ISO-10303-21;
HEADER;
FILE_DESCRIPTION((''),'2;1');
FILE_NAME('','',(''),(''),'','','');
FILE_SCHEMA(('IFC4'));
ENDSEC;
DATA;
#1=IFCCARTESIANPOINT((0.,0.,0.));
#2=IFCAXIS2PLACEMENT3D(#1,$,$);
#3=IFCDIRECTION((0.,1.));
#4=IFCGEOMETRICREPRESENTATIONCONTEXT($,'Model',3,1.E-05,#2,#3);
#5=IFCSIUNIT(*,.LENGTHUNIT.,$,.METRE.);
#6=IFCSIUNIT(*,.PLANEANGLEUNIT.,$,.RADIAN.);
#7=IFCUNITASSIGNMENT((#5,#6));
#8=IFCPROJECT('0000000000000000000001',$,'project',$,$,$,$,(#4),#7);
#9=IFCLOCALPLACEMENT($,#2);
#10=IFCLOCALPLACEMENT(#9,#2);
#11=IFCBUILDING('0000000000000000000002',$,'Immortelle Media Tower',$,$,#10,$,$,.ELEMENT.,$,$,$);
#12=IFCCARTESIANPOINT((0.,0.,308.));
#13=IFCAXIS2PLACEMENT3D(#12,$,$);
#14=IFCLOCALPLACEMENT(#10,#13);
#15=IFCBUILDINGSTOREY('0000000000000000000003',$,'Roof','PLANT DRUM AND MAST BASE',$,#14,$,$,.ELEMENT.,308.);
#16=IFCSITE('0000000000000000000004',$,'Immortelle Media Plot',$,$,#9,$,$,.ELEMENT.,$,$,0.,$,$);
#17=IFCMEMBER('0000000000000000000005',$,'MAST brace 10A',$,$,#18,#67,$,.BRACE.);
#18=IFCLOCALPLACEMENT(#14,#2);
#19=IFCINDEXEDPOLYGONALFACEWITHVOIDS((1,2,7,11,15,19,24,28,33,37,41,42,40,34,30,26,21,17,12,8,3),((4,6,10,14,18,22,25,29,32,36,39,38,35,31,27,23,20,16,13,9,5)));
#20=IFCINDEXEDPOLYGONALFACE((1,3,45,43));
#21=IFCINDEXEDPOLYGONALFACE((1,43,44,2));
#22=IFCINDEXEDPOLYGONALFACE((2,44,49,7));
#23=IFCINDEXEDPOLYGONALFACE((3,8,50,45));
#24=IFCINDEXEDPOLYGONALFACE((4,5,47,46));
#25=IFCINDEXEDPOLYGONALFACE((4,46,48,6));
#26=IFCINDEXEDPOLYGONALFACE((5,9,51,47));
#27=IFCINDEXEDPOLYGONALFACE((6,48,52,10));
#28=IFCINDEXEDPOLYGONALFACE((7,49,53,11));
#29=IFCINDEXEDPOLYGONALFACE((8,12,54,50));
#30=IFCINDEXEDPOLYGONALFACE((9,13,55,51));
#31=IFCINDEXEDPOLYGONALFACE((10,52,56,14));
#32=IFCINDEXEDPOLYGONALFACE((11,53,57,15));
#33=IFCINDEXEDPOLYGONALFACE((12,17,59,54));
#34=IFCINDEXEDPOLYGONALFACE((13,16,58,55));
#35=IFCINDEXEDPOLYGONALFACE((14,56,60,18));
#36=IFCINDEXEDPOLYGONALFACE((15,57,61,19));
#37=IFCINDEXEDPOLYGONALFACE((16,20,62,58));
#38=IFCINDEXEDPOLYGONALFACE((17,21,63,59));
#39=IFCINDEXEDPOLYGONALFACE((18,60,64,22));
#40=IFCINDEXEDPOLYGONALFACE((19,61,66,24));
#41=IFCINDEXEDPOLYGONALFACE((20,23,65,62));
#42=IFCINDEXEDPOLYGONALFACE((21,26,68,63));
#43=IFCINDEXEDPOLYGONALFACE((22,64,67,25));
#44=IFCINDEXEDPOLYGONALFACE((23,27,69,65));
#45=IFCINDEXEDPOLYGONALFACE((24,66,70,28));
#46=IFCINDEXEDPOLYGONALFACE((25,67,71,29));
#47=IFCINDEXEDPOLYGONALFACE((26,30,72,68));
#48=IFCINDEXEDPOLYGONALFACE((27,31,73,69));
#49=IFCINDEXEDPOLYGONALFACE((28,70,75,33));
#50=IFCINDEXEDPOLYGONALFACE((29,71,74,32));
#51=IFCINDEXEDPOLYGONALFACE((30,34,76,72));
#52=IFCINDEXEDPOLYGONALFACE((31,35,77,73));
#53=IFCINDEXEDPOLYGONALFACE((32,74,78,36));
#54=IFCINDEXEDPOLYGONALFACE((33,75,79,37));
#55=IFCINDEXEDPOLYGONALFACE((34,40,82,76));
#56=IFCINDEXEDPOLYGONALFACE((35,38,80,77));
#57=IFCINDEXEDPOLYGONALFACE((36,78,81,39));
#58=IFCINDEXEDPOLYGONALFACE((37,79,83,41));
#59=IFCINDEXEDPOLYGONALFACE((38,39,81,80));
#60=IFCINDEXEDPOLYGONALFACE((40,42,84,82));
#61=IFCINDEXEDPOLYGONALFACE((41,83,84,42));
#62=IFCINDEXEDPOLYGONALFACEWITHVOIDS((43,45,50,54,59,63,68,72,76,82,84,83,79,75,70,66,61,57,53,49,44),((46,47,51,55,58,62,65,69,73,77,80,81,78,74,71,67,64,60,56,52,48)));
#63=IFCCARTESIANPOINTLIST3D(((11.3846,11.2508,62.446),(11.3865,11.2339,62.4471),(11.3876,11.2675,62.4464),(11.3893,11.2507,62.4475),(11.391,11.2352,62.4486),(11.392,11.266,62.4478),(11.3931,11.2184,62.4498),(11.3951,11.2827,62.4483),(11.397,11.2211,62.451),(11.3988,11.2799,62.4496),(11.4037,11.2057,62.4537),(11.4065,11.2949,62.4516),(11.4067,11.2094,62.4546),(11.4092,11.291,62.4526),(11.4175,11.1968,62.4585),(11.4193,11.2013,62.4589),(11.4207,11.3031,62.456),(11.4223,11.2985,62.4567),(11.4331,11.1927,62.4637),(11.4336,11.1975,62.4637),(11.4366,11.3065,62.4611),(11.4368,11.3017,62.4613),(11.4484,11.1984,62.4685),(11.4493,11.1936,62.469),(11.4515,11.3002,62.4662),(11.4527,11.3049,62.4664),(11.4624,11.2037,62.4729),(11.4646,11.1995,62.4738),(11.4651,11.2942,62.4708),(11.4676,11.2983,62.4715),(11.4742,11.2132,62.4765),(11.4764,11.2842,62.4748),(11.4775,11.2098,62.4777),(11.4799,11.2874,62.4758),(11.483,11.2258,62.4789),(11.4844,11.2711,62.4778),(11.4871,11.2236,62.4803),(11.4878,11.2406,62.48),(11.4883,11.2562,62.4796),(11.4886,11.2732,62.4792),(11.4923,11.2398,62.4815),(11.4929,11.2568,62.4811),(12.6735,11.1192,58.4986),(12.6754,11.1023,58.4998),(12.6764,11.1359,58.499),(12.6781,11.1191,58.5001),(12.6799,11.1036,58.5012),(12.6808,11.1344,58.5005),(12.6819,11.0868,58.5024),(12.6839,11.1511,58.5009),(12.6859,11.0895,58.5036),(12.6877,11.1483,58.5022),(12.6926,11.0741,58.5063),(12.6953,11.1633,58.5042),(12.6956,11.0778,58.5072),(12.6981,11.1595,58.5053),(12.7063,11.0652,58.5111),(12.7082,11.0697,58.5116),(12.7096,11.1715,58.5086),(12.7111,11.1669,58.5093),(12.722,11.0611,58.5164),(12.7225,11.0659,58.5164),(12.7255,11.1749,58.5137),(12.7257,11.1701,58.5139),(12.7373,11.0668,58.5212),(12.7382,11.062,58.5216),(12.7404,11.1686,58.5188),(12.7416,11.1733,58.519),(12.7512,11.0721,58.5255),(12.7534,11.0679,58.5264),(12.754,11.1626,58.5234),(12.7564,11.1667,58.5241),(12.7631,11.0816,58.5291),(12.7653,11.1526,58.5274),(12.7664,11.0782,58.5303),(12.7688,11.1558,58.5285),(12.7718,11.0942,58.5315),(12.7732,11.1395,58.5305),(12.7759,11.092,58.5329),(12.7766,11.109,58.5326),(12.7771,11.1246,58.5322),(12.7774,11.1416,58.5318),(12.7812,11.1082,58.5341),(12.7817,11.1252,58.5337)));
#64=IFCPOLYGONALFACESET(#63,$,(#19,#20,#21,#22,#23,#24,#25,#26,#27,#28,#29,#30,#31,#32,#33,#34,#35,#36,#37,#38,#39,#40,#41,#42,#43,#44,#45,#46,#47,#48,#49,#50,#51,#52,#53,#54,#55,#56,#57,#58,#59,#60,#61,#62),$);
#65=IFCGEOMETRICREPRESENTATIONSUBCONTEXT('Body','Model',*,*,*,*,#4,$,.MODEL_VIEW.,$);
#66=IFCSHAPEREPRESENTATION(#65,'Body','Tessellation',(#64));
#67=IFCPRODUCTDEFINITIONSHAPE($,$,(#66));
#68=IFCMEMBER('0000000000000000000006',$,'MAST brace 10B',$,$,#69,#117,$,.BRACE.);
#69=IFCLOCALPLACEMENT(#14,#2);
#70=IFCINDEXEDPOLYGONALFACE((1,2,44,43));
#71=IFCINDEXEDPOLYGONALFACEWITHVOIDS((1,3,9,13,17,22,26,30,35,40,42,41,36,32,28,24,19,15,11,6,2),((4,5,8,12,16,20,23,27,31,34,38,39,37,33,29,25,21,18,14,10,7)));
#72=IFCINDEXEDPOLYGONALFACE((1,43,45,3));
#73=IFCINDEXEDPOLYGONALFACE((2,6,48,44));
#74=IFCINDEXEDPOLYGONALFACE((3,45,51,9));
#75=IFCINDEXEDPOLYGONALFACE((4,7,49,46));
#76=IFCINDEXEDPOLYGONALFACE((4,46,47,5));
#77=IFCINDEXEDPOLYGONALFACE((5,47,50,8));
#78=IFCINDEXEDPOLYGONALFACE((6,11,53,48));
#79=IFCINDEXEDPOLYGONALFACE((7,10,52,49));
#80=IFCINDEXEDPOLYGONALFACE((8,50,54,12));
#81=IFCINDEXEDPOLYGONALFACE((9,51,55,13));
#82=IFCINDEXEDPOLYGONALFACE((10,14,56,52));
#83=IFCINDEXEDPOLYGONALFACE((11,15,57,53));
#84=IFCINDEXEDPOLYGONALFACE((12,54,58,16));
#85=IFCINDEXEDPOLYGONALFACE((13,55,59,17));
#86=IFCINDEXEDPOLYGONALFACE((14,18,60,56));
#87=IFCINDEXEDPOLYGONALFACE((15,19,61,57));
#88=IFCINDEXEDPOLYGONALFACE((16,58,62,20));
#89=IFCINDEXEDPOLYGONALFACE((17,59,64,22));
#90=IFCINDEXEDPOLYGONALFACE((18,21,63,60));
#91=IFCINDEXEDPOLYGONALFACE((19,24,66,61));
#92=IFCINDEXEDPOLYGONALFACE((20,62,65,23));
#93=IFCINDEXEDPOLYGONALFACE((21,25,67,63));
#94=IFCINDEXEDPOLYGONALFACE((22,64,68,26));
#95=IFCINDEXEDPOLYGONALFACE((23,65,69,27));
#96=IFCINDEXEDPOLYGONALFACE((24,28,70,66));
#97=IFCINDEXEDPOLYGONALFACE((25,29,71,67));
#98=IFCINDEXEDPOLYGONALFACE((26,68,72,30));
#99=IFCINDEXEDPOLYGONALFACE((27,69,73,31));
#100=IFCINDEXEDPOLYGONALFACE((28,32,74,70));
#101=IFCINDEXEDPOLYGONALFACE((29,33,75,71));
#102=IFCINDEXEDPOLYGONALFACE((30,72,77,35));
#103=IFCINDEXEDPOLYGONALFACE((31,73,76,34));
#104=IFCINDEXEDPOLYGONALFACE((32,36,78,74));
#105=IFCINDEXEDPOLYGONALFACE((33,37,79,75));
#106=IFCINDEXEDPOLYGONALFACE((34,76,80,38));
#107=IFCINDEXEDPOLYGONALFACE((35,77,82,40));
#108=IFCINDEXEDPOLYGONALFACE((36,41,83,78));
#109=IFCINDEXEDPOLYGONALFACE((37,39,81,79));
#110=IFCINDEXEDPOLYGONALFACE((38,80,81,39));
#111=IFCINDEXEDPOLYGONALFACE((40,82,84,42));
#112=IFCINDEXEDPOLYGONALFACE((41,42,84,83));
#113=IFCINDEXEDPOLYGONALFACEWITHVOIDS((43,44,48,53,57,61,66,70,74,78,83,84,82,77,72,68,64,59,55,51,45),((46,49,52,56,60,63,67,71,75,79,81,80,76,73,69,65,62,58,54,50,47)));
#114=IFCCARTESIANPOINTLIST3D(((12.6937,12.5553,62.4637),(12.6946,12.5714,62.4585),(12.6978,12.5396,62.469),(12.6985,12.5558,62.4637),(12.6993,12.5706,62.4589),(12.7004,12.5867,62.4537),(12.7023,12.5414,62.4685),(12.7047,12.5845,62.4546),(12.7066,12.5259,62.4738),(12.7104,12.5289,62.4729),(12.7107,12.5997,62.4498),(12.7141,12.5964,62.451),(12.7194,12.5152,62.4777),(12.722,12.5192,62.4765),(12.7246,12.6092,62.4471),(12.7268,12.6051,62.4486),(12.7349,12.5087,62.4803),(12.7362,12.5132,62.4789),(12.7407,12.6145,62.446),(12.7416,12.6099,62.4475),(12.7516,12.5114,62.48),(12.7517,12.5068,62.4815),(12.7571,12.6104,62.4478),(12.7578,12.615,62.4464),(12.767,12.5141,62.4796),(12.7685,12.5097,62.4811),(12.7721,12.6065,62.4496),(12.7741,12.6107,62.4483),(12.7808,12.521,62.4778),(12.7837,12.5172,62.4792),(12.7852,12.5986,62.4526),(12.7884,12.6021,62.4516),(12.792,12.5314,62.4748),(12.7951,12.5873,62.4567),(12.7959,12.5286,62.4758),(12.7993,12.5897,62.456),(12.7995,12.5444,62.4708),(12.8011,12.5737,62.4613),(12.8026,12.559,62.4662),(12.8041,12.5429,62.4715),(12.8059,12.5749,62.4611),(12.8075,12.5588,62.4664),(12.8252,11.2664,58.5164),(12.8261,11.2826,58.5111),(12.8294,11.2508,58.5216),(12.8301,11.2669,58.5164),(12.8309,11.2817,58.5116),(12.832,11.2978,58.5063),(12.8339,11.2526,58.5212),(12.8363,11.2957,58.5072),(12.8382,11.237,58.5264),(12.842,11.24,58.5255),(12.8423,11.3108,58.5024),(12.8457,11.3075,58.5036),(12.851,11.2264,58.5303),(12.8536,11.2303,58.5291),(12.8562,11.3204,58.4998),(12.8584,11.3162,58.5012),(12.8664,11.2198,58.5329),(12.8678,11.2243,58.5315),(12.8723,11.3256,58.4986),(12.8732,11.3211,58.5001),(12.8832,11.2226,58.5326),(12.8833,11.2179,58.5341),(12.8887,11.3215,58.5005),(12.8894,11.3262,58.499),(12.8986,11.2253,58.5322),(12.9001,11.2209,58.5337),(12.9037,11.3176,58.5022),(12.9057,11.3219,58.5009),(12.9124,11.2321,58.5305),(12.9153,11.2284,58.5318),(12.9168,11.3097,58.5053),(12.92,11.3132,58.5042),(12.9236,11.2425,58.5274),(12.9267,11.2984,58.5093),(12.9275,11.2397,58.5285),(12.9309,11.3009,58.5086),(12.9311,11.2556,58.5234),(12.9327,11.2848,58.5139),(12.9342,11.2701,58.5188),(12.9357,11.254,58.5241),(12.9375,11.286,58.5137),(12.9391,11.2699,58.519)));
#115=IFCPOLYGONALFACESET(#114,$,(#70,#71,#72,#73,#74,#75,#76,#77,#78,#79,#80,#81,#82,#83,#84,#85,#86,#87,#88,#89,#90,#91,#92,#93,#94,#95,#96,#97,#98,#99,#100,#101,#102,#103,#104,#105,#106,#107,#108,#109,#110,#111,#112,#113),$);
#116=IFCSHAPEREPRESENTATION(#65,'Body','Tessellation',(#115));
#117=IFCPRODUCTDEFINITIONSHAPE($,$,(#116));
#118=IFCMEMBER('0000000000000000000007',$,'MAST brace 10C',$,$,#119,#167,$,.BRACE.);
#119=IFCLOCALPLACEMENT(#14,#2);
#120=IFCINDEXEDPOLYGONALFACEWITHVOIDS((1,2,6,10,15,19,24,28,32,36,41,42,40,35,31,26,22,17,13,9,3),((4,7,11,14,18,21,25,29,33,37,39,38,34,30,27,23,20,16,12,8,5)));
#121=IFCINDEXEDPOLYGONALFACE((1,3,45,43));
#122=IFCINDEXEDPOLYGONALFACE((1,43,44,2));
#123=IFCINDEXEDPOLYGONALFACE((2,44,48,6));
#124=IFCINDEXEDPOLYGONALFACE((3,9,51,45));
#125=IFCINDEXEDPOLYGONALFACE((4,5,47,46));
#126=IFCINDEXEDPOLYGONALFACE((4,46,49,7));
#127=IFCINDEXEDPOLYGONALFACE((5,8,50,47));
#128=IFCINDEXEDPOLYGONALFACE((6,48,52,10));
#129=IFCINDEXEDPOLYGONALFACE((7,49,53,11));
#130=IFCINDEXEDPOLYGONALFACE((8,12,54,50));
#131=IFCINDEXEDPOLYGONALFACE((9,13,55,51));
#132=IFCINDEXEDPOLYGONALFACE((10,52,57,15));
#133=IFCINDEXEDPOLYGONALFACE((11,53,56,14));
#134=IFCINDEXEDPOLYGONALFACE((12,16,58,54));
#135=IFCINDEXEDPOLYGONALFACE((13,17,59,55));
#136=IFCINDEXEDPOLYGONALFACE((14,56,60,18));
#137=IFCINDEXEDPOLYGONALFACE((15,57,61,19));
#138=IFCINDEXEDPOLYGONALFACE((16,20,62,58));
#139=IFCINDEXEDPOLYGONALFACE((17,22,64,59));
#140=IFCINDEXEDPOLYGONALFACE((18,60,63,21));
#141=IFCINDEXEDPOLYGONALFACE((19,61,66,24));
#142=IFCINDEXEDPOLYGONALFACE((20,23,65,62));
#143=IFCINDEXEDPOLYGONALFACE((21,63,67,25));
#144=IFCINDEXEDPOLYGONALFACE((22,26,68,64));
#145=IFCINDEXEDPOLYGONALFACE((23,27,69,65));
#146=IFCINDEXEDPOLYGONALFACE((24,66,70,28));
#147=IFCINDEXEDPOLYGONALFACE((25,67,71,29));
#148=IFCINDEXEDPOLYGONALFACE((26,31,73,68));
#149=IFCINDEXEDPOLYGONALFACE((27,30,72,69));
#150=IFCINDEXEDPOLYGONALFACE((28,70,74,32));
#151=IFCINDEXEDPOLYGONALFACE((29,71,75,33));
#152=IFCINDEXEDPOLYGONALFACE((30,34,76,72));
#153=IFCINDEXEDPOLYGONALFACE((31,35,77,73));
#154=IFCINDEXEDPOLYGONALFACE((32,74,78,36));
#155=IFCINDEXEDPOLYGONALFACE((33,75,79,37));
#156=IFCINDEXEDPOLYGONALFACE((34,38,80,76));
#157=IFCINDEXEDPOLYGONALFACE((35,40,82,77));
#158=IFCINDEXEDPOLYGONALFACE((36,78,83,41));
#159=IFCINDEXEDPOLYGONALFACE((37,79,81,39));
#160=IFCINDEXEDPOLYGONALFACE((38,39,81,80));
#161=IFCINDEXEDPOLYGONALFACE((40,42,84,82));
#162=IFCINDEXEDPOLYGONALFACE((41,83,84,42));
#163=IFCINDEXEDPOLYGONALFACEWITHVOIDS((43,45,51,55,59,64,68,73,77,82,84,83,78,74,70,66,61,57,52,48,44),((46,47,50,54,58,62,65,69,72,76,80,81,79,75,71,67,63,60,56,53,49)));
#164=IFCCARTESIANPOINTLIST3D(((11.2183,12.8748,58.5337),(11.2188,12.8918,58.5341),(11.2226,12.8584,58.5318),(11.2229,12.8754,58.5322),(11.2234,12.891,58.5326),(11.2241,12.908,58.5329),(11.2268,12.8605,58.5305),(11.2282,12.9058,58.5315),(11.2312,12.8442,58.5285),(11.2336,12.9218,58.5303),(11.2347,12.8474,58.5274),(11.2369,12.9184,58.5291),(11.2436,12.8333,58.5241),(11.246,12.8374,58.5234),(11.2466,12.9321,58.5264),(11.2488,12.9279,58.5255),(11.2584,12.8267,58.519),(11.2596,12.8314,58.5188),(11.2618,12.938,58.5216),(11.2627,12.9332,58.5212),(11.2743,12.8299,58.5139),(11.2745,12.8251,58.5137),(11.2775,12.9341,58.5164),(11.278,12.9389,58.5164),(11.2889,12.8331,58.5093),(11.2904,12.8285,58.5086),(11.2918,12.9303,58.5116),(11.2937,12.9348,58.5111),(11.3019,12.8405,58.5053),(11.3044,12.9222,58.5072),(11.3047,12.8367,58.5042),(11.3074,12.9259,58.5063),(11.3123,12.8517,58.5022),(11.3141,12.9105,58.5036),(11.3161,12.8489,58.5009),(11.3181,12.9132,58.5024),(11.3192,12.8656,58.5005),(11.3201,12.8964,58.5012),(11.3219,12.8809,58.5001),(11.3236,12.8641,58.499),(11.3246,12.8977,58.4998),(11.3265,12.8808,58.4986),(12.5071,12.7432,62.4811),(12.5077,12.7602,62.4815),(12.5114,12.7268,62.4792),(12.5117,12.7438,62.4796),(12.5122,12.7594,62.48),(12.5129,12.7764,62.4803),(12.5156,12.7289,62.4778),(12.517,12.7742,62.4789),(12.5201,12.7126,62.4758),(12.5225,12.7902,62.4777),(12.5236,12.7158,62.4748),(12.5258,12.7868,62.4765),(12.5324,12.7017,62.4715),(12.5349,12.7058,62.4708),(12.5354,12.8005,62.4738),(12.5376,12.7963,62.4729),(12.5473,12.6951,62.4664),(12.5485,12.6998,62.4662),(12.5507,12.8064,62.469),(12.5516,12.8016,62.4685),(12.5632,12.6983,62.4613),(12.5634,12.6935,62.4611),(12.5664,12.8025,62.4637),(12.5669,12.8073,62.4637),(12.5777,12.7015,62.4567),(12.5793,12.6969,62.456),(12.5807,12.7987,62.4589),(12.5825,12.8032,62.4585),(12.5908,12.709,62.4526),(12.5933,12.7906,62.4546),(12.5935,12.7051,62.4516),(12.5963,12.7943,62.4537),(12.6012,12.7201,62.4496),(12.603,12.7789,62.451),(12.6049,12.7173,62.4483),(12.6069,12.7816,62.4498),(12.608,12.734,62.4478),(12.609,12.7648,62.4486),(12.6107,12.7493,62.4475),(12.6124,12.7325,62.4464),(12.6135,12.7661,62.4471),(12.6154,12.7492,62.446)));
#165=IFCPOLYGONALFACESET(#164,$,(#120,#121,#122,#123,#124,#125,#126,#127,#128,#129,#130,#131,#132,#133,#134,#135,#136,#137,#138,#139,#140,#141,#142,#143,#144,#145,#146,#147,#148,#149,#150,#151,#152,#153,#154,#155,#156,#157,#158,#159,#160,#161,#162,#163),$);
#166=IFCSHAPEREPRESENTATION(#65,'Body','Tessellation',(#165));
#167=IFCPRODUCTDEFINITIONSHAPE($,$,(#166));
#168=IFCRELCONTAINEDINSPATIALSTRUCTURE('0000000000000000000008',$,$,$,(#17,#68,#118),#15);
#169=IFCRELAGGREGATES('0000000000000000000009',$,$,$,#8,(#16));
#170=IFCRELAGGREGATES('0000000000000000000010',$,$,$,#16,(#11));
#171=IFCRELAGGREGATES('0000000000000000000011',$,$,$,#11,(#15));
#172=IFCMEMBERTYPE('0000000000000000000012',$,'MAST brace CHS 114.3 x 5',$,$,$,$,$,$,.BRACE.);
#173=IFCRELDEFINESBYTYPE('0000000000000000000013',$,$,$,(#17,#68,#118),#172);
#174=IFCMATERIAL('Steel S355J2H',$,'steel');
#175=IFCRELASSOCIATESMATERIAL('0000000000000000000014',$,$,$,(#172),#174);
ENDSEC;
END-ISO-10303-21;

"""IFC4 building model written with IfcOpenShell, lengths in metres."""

from ifc_helpers import new_model, si_unit, direction, frame, origin, origin_2d, place, context, subcontext, project, spatial, hollow_circle, extrude, material, material_profile, profile_set, type_object, element, save


model = new_model("IFC4")

# Units and contexts
model_context = context("Model", 3, precision=1e-05, world=origin(), true_north=direction((0.0, 1.0)))
body_context = subcontext(model_context, "Body", "Model", "MODEL_VIEW")
ifc_project = project(units=[si_unit("LENGTHUNIT", "METRE"), si_unit("PLANEANGLEUNIT", "RADIAN")], contexts=[model_context])

# Site, building, storey
site_placement = place(None, origin())
site = spatial("IfcSite", under=ifc_project, at=site_placement, Name="Immortelle Media Plot", CompositionType="ELEMENT", RefElevation=0.0)
building_placement = place(site_placement, origin())
building = spatial("IfcBuilding", under=site, at=building_placement, Name="Immortelle Media Tower", CompositionType="ELEMENT")
storey_placement = place(building_placement, frame((0.0, 0.0, 308.0)))
storey = spatial("IfcBuildingStorey", under=building, at=storey_placement, Name="Roof", Description="PLANT DRUM AND MAST BASE", CompositionType="ELEMENT", Elevation=308.0)

# Members
ifc_material_1 = material(Name="Steel S355J2H", Category="steel")
ifc_material_profile_1 = material_profile(ifc_material_1, hollow_circle(Radius=0.0571, WallThickness=0.0049, at=origin_2d()), Name="CHS 114.3 x 5")
ifc_profile_set_1 = profile_set([ifc_material_profile_1], Name="Steel S355J2H")
member_type_1 = type_object("IfcMemberType", Name="MAST brace CHS 114.3 x 5", PredefinedType="BRACE", material=ifc_profile_set_1)
for number, where, z_axis, x_axis, name in (
    (1, (12.7278, 11.1179, 58.5164), (-0.310228, 0.031675, 0.950134), (-0.101575, -0.994828, 0.0), "MAST brace 10A"),
    (2, (12.8821, 11.2722, 58.5164), (-0.031675, 0.310228, 0.950134), (-0.994828, -0.101575, 0.0), "MAST brace 10B"),
    (3, (11.2722, 12.8821, 58.5164), (0.310228, -0.031675, 0.950134), (0.101575, 0.994828, 0.0), "MAST brace 10C"),
):
    element("IfcMember", number, at=place(storey_placement, frame(where, z_axis=z_axis, x_axis=x_axis)), inside=storey, type_object=member_type_1, Name=name, PredefinedType="BRACE", context=body_context, shape_type="SweptSolid", body=[
        extrude(hollow_circle(Radius=0.0571, WallThickness=0.0049, at=origin_2d()), origin(), (0.0, 0.0, 1.0), 4.1545),
    ])

save(model, "model.ifc")
